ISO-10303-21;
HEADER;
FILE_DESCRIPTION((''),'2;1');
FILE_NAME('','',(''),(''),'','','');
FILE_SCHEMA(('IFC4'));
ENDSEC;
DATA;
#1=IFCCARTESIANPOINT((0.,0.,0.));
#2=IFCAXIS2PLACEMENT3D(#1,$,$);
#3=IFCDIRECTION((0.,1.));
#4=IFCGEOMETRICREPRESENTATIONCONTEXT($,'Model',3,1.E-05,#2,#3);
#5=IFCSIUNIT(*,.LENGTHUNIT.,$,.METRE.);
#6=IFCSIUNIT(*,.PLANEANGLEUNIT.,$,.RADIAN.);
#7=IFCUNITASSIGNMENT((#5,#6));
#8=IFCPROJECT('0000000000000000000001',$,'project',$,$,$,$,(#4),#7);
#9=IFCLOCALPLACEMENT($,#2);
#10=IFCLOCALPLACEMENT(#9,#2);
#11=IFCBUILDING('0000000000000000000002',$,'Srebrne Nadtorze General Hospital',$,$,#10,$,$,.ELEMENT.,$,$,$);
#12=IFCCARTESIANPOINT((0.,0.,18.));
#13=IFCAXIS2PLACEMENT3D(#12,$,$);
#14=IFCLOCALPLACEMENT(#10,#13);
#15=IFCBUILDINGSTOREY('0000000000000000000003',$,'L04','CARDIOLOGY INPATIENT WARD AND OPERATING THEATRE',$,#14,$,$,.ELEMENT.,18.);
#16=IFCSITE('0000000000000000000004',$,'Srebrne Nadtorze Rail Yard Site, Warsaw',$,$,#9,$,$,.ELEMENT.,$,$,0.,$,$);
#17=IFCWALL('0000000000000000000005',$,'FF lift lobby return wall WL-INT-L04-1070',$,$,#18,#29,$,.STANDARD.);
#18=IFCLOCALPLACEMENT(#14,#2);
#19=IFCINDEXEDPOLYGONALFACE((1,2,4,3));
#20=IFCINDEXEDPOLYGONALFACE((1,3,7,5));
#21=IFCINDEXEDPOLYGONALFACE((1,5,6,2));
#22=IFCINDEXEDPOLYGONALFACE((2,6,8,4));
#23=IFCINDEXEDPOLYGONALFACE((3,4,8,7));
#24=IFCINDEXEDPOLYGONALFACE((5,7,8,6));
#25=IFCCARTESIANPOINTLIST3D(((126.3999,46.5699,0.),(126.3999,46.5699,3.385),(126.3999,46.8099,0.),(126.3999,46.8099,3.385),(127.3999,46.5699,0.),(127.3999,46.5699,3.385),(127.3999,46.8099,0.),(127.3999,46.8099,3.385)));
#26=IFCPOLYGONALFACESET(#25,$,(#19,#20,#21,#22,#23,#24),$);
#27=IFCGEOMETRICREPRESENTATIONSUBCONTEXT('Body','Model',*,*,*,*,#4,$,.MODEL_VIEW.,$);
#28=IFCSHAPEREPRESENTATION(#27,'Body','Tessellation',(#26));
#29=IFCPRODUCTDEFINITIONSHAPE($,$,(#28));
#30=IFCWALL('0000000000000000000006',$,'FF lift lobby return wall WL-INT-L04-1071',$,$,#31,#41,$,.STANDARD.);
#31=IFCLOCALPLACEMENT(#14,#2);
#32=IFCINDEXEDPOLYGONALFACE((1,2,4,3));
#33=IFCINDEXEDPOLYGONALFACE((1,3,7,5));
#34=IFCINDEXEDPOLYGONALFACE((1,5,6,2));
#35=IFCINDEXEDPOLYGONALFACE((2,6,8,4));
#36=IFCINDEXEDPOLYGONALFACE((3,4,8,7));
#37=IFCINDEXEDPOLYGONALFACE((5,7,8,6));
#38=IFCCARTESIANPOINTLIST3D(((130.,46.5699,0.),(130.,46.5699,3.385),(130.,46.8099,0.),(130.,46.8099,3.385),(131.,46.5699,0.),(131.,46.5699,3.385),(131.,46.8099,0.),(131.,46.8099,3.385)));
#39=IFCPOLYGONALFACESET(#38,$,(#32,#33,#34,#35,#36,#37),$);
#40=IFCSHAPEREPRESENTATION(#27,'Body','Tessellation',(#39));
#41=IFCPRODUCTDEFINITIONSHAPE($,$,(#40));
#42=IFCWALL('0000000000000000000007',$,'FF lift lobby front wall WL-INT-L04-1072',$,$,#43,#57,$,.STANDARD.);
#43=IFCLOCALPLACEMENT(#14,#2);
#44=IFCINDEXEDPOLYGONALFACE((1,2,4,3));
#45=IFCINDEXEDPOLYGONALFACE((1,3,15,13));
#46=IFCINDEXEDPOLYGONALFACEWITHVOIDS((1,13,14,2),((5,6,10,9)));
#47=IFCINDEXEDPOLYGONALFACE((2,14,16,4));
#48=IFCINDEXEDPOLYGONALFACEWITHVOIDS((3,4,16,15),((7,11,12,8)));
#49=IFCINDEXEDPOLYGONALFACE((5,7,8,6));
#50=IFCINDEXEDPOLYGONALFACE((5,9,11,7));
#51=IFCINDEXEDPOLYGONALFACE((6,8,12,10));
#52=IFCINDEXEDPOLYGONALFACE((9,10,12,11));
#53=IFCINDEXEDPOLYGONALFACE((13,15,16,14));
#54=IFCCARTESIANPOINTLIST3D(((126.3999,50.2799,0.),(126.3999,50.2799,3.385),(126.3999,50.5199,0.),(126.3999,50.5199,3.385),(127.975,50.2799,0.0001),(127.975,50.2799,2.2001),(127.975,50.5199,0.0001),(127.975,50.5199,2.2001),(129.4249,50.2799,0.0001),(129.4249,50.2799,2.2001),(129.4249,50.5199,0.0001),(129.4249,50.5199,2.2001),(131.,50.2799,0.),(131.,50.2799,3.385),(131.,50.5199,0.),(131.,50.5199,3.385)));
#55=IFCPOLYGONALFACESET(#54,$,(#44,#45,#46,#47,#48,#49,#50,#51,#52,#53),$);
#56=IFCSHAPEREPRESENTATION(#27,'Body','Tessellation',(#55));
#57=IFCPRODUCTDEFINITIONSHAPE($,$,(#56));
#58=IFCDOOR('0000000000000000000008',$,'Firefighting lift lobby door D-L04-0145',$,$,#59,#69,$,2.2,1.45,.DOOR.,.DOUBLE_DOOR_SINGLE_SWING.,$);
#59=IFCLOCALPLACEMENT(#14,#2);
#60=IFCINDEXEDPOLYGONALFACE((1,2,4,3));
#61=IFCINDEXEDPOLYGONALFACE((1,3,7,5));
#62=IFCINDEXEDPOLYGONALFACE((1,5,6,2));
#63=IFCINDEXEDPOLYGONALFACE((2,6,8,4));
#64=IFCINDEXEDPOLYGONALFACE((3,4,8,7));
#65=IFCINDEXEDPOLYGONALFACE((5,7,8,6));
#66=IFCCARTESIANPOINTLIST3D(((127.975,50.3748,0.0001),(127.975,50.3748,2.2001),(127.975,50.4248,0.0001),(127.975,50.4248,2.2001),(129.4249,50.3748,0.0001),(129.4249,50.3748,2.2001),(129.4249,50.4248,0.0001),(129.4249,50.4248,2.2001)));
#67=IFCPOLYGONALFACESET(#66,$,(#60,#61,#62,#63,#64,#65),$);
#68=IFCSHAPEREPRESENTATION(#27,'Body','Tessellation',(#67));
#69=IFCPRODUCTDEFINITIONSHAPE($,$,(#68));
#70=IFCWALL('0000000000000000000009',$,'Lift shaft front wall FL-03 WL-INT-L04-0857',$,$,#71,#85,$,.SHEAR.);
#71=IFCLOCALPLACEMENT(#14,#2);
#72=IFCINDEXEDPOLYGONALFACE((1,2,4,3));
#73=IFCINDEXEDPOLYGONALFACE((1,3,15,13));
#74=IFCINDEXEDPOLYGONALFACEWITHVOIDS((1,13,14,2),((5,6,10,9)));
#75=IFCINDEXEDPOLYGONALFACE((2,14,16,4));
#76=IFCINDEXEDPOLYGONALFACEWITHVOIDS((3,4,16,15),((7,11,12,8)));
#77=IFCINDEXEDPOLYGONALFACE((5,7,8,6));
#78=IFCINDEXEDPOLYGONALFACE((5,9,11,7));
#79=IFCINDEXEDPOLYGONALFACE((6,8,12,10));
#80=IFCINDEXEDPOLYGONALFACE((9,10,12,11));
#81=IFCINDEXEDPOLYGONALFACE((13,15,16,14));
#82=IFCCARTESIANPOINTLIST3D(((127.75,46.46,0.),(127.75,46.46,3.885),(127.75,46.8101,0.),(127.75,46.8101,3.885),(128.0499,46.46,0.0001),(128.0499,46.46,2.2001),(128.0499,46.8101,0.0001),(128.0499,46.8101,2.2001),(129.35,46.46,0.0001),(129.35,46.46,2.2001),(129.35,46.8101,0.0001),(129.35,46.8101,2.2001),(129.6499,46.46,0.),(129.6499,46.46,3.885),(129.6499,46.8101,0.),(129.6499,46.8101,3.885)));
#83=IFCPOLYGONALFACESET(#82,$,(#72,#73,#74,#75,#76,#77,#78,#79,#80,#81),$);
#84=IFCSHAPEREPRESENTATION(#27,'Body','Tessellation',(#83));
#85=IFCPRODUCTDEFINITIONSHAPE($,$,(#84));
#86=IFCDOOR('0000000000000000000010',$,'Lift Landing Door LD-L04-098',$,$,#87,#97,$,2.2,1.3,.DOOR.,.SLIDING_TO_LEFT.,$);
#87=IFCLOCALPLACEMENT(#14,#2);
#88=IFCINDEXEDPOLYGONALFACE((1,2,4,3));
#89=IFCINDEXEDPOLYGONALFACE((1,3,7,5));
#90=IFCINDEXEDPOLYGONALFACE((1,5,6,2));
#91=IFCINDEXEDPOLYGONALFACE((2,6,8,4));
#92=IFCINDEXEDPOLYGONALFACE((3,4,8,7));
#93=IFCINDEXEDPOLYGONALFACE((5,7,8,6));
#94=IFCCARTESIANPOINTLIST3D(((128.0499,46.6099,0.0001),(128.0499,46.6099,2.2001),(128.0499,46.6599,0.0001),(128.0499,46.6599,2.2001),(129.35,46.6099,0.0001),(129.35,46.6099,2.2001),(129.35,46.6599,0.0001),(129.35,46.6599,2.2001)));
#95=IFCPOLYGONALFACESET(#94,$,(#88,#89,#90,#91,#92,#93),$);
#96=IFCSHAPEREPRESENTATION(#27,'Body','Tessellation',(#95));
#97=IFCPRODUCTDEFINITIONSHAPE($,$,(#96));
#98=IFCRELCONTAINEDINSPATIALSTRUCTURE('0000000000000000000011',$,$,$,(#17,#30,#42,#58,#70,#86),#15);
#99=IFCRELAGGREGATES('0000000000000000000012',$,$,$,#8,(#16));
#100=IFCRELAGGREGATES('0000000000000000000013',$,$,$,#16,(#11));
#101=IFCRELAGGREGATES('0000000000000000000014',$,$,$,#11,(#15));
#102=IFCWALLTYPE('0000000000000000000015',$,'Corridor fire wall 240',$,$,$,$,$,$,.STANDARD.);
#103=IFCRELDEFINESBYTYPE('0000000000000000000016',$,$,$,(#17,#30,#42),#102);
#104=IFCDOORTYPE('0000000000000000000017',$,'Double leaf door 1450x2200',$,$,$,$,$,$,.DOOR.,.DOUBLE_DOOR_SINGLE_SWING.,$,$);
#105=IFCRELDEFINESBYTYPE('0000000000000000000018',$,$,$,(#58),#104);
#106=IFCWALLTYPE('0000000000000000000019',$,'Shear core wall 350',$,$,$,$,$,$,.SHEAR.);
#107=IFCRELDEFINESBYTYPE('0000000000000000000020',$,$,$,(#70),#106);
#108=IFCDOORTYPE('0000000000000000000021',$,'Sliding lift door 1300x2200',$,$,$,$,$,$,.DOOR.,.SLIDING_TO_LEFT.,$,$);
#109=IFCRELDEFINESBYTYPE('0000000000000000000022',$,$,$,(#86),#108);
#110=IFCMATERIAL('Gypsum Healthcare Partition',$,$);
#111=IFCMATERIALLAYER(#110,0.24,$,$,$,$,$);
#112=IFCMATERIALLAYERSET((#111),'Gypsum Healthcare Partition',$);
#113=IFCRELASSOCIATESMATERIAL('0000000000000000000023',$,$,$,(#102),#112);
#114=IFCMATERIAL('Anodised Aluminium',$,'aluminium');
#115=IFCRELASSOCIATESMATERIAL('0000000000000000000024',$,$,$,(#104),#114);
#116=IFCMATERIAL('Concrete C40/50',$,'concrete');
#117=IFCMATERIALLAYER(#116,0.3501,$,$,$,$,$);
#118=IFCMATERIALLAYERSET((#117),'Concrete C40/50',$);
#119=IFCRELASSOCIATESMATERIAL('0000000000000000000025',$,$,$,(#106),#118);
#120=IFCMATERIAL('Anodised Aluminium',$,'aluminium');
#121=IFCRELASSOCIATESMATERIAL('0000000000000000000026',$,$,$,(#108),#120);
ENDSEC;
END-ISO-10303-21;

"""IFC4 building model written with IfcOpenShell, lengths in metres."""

from ifc_helpers import new_model, si_unit, direction, frame, frame_2d, origin, place, context, subcontext, project, spatial, rectangle, extrude, material, layer, layer_set, type_object, element, fill, save


model = new_model("IFC4")

# Units and contexts
model_context = context("Model", 3, precision=1e-05, world=origin(), true_north=direction((0.0, 1.0)))
body_context = subcontext(model_context, "Body", "Model", "MODEL_VIEW")
ifc_project = project(units=[si_unit("LENGTHUNIT", "METRE"), si_unit("PLANEANGLEUNIT", "RADIAN")], contexts=[model_context])

# Site, building, storey
site_placement = place(None, origin())
site = spatial("IfcSite", under=ifc_project, at=site_placement, Name="Srebrne Nadtorze Rail Yard Site, Warsaw", CompositionType="ELEMENT", RefElevation=0.0)
building_placement = place(site_placement, origin())
building = spatial("IfcBuilding", under=site, at=building_placement, Name="Srebrne Nadtorze General Hospital", CompositionType="ELEMENT")
storey_placement = place(building_placement, frame((0.0, 0.0, 18.0)))
storey = spatial("IfcBuildingStorey", under=building, at=storey_placement, Name="L04", Description="CARDIOLOGY INPATIENT WARD AND OPERATING THEATRE", CompositionType="ELEMENT", Elevation=18.0)

# Walls
ifc_material_1 = material(Name="Gypsum Healthcare Partition")
ifc_layer_1 = layer(ifc_material_1, 0.24)
ifc_layer_set_1 = layer_set([ifc_layer_1], Name="Gypsum Healthcare Partition")
wall_type_1 = type_object("IfcWallType", Name="Corridor fire wall 240", PredefinedType="STANDARD", material=ifc_layer_set_1)
for number, where, z_axis, x_axis, name in (
    (1, (126.3999, 46.6899, 0.0), (0.0, 0.0, 1.0), (1.0, 0.0, 0.0), "FF lift lobby return wall WL-INT-L04-1070"),
    (2, (130.0, 46.6899, 0.0), (0.0, 0.0, 1.0), (1.0, 0.0, 0.0), "FF lift lobby return wall WL-INT-L04-1071"),
):
    element("IfcWall", number, at=place(storey_placement, frame(where, z_axis=z_axis, x_axis=x_axis)), inside=storey, type_object=wall_type_1, Name=name, PredefinedType="STANDARD", context=body_context, shape_type="SweptSolid", body=[
        extrude(rectangle(XDim=1.0, YDim=0.24, at=frame_2d((0.5, 0.0))), origin(), (0.0, 0.0, 1.0), 3.385),
    ])

# Walls, openings, doors
wall_1_placement = place(storey_placement, frame((126.3999, 50.3999, 0.0), z_axis=(0.0, 0.0, 1.0), x_axis=(1.0, 0.0, 0.0)))
wall_1 = element("IfcWall", 3, at=wall_1_placement, inside=storey, type_object=wall_type_1, Name="FF lift lobby front wall WL-INT-L04-1072", PredefinedType="STANDARD", context=body_context, shape_type="SweptSolid", body=[
    extrude(rectangle(XDim=4.6001, YDim=0.24, at=frame_2d((2.3, 0.0))), origin(), (0.0, 0.0, 1.0), 3.385),
])
opening_1_placement = place(wall_1_placement, frame((1.575, 0.0, 0.0)))
opening_1 = element("IfcOpeningElement", 4, at=opening_1_placement, cuts=wall_1, PredefinedType="OPENING", context=body_context, shape_type="SweptSolid", body=[
    extrude(rectangle(XDim=1.45, YDim=2.2, at=frame_2d((0.7251, 1.1001))), frame((0.0, 0.1318, 0.0), z_axis=(0.0, -1.0, 0.0), x_axis=(1.0, 0.0, 0.0)), (0.0, 0.0, 1.0), 0.2639),
])
ifc_material_2 = material(Name="Anodised Aluminium", Category="aluminium")
door_type_1 = type_object("IfcDoorType", Name="Double leaf door 1450x2200", OperationType="DOUBLE_DOOR_SINGLE_SWING", PredefinedType="DOOR", material=ifc_material_2)
door_1_placement = place(opening_1_placement, origin())
door_1 = element("IfcDoor", 5, at=door_1_placement, inside=storey, type_object=door_type_1, Name="Firefighting lift lobby door D-L04-0145", OperationType="DOUBLE_DOOR_SINGLE_SWING", OverallHeight=2.2, OverallWidth=1.45, PredefinedType="DOOR", context=body_context, shape_type="SweptSolid", body=[
    extrude(rectangle(XDim=1.45, YDim=2.2, at=frame_2d((0.7251, 1.1001))), frame((0.0, 0.0249, 0.0), z_axis=(0.0, -1.0, 0.0), x_axis=(1.0, 0.0, 0.0)), (0.0, 0.0, 1.0), 0.05),
])
fill(opening_1, door_1)
ifc_material_3 = material(Name="Concrete C40/50", Category="concrete")
ifc_layer_2 = layer(ifc_material_3, 0.3501)
ifc_layer_set_2 = layer_set([ifc_layer_2], Name="Concrete C40/50")
wall_type_2 = type_object("IfcWallType", Name="Shear core wall 350", PredefinedType="SHEAR", material=ifc_layer_set_2)
wall_2_placement = place(storey_placement, frame((127.75, 46.635, 0.0), z_axis=(0.0, 0.0, 1.0), x_axis=(1.0, 0.0, 0.0)))
wall_2 = element("IfcWall", 6, at=wall_2_placement, inside=storey, type_object=wall_type_2, Name="Lift shaft front wall FL-03 WL-INT-L04-0857", PredefinedType="SHEAR", context=body_context, shape_type="SweptSolid", body=[
    extrude(rectangle(XDim=1.8999, YDim=0.3501, at=frame_2d((0.95, 0.0))), origin(), (0.0, 0.0, 1.0), 3.885),
])
opening_2_placement = place(wall_2_placement, frame((0.3, 0.0, 0.0)))
opening_2 = element("IfcOpeningElement", 7, at=opening_2_placement, cuts=wall_2, PredefinedType="OPENING", context=body_context, shape_type="SweptSolid", body=[
    extrude(rectangle(XDim=1.3, YDim=2.2, at=frame_2d((0.6499, 1.1001))), frame((0.0, 0.187, 0.0), z_axis=(0.0, -1.0, 0.0), x_axis=(1.0, 0.0, 0.0)), (0.0, 0.0, 1.0), 0.374),
])
ifc_material_4 = material(Name="Anodised Aluminium", Category="aluminium")
door_type_2 = type_object("IfcDoorType", Name="Sliding lift door 1300x2200", OperationType="SLIDING_TO_LEFT", PredefinedType="DOOR", material=ifc_material_4)
door_2_placement = place(opening_2_placement, origin())
door_2 = element("IfcDoor", 8, at=door_2_placement, inside=storey, type_object=door_type_2, Name="Lift Landing Door LD-L04-098", OperationType="SLIDING_TO_LEFT", OverallHeight=2.2, OverallWidth=1.3, PredefinedType="DOOR", context=body_context, shape_type="SweptSolid", body=[
    extrude(rectangle(XDim=1.3, YDim=2.2, at=frame_2d((0.6499, 1.1001))), frame((0.0, 0.0249, 0.0), z_axis=(0.0, -1.0, 0.0), x_axis=(1.0, 0.0, 0.0)), (0.0, 0.0, 1.0), 0.05),
])
fill(opening_2, door_2)

save(model, "model.ifc")
